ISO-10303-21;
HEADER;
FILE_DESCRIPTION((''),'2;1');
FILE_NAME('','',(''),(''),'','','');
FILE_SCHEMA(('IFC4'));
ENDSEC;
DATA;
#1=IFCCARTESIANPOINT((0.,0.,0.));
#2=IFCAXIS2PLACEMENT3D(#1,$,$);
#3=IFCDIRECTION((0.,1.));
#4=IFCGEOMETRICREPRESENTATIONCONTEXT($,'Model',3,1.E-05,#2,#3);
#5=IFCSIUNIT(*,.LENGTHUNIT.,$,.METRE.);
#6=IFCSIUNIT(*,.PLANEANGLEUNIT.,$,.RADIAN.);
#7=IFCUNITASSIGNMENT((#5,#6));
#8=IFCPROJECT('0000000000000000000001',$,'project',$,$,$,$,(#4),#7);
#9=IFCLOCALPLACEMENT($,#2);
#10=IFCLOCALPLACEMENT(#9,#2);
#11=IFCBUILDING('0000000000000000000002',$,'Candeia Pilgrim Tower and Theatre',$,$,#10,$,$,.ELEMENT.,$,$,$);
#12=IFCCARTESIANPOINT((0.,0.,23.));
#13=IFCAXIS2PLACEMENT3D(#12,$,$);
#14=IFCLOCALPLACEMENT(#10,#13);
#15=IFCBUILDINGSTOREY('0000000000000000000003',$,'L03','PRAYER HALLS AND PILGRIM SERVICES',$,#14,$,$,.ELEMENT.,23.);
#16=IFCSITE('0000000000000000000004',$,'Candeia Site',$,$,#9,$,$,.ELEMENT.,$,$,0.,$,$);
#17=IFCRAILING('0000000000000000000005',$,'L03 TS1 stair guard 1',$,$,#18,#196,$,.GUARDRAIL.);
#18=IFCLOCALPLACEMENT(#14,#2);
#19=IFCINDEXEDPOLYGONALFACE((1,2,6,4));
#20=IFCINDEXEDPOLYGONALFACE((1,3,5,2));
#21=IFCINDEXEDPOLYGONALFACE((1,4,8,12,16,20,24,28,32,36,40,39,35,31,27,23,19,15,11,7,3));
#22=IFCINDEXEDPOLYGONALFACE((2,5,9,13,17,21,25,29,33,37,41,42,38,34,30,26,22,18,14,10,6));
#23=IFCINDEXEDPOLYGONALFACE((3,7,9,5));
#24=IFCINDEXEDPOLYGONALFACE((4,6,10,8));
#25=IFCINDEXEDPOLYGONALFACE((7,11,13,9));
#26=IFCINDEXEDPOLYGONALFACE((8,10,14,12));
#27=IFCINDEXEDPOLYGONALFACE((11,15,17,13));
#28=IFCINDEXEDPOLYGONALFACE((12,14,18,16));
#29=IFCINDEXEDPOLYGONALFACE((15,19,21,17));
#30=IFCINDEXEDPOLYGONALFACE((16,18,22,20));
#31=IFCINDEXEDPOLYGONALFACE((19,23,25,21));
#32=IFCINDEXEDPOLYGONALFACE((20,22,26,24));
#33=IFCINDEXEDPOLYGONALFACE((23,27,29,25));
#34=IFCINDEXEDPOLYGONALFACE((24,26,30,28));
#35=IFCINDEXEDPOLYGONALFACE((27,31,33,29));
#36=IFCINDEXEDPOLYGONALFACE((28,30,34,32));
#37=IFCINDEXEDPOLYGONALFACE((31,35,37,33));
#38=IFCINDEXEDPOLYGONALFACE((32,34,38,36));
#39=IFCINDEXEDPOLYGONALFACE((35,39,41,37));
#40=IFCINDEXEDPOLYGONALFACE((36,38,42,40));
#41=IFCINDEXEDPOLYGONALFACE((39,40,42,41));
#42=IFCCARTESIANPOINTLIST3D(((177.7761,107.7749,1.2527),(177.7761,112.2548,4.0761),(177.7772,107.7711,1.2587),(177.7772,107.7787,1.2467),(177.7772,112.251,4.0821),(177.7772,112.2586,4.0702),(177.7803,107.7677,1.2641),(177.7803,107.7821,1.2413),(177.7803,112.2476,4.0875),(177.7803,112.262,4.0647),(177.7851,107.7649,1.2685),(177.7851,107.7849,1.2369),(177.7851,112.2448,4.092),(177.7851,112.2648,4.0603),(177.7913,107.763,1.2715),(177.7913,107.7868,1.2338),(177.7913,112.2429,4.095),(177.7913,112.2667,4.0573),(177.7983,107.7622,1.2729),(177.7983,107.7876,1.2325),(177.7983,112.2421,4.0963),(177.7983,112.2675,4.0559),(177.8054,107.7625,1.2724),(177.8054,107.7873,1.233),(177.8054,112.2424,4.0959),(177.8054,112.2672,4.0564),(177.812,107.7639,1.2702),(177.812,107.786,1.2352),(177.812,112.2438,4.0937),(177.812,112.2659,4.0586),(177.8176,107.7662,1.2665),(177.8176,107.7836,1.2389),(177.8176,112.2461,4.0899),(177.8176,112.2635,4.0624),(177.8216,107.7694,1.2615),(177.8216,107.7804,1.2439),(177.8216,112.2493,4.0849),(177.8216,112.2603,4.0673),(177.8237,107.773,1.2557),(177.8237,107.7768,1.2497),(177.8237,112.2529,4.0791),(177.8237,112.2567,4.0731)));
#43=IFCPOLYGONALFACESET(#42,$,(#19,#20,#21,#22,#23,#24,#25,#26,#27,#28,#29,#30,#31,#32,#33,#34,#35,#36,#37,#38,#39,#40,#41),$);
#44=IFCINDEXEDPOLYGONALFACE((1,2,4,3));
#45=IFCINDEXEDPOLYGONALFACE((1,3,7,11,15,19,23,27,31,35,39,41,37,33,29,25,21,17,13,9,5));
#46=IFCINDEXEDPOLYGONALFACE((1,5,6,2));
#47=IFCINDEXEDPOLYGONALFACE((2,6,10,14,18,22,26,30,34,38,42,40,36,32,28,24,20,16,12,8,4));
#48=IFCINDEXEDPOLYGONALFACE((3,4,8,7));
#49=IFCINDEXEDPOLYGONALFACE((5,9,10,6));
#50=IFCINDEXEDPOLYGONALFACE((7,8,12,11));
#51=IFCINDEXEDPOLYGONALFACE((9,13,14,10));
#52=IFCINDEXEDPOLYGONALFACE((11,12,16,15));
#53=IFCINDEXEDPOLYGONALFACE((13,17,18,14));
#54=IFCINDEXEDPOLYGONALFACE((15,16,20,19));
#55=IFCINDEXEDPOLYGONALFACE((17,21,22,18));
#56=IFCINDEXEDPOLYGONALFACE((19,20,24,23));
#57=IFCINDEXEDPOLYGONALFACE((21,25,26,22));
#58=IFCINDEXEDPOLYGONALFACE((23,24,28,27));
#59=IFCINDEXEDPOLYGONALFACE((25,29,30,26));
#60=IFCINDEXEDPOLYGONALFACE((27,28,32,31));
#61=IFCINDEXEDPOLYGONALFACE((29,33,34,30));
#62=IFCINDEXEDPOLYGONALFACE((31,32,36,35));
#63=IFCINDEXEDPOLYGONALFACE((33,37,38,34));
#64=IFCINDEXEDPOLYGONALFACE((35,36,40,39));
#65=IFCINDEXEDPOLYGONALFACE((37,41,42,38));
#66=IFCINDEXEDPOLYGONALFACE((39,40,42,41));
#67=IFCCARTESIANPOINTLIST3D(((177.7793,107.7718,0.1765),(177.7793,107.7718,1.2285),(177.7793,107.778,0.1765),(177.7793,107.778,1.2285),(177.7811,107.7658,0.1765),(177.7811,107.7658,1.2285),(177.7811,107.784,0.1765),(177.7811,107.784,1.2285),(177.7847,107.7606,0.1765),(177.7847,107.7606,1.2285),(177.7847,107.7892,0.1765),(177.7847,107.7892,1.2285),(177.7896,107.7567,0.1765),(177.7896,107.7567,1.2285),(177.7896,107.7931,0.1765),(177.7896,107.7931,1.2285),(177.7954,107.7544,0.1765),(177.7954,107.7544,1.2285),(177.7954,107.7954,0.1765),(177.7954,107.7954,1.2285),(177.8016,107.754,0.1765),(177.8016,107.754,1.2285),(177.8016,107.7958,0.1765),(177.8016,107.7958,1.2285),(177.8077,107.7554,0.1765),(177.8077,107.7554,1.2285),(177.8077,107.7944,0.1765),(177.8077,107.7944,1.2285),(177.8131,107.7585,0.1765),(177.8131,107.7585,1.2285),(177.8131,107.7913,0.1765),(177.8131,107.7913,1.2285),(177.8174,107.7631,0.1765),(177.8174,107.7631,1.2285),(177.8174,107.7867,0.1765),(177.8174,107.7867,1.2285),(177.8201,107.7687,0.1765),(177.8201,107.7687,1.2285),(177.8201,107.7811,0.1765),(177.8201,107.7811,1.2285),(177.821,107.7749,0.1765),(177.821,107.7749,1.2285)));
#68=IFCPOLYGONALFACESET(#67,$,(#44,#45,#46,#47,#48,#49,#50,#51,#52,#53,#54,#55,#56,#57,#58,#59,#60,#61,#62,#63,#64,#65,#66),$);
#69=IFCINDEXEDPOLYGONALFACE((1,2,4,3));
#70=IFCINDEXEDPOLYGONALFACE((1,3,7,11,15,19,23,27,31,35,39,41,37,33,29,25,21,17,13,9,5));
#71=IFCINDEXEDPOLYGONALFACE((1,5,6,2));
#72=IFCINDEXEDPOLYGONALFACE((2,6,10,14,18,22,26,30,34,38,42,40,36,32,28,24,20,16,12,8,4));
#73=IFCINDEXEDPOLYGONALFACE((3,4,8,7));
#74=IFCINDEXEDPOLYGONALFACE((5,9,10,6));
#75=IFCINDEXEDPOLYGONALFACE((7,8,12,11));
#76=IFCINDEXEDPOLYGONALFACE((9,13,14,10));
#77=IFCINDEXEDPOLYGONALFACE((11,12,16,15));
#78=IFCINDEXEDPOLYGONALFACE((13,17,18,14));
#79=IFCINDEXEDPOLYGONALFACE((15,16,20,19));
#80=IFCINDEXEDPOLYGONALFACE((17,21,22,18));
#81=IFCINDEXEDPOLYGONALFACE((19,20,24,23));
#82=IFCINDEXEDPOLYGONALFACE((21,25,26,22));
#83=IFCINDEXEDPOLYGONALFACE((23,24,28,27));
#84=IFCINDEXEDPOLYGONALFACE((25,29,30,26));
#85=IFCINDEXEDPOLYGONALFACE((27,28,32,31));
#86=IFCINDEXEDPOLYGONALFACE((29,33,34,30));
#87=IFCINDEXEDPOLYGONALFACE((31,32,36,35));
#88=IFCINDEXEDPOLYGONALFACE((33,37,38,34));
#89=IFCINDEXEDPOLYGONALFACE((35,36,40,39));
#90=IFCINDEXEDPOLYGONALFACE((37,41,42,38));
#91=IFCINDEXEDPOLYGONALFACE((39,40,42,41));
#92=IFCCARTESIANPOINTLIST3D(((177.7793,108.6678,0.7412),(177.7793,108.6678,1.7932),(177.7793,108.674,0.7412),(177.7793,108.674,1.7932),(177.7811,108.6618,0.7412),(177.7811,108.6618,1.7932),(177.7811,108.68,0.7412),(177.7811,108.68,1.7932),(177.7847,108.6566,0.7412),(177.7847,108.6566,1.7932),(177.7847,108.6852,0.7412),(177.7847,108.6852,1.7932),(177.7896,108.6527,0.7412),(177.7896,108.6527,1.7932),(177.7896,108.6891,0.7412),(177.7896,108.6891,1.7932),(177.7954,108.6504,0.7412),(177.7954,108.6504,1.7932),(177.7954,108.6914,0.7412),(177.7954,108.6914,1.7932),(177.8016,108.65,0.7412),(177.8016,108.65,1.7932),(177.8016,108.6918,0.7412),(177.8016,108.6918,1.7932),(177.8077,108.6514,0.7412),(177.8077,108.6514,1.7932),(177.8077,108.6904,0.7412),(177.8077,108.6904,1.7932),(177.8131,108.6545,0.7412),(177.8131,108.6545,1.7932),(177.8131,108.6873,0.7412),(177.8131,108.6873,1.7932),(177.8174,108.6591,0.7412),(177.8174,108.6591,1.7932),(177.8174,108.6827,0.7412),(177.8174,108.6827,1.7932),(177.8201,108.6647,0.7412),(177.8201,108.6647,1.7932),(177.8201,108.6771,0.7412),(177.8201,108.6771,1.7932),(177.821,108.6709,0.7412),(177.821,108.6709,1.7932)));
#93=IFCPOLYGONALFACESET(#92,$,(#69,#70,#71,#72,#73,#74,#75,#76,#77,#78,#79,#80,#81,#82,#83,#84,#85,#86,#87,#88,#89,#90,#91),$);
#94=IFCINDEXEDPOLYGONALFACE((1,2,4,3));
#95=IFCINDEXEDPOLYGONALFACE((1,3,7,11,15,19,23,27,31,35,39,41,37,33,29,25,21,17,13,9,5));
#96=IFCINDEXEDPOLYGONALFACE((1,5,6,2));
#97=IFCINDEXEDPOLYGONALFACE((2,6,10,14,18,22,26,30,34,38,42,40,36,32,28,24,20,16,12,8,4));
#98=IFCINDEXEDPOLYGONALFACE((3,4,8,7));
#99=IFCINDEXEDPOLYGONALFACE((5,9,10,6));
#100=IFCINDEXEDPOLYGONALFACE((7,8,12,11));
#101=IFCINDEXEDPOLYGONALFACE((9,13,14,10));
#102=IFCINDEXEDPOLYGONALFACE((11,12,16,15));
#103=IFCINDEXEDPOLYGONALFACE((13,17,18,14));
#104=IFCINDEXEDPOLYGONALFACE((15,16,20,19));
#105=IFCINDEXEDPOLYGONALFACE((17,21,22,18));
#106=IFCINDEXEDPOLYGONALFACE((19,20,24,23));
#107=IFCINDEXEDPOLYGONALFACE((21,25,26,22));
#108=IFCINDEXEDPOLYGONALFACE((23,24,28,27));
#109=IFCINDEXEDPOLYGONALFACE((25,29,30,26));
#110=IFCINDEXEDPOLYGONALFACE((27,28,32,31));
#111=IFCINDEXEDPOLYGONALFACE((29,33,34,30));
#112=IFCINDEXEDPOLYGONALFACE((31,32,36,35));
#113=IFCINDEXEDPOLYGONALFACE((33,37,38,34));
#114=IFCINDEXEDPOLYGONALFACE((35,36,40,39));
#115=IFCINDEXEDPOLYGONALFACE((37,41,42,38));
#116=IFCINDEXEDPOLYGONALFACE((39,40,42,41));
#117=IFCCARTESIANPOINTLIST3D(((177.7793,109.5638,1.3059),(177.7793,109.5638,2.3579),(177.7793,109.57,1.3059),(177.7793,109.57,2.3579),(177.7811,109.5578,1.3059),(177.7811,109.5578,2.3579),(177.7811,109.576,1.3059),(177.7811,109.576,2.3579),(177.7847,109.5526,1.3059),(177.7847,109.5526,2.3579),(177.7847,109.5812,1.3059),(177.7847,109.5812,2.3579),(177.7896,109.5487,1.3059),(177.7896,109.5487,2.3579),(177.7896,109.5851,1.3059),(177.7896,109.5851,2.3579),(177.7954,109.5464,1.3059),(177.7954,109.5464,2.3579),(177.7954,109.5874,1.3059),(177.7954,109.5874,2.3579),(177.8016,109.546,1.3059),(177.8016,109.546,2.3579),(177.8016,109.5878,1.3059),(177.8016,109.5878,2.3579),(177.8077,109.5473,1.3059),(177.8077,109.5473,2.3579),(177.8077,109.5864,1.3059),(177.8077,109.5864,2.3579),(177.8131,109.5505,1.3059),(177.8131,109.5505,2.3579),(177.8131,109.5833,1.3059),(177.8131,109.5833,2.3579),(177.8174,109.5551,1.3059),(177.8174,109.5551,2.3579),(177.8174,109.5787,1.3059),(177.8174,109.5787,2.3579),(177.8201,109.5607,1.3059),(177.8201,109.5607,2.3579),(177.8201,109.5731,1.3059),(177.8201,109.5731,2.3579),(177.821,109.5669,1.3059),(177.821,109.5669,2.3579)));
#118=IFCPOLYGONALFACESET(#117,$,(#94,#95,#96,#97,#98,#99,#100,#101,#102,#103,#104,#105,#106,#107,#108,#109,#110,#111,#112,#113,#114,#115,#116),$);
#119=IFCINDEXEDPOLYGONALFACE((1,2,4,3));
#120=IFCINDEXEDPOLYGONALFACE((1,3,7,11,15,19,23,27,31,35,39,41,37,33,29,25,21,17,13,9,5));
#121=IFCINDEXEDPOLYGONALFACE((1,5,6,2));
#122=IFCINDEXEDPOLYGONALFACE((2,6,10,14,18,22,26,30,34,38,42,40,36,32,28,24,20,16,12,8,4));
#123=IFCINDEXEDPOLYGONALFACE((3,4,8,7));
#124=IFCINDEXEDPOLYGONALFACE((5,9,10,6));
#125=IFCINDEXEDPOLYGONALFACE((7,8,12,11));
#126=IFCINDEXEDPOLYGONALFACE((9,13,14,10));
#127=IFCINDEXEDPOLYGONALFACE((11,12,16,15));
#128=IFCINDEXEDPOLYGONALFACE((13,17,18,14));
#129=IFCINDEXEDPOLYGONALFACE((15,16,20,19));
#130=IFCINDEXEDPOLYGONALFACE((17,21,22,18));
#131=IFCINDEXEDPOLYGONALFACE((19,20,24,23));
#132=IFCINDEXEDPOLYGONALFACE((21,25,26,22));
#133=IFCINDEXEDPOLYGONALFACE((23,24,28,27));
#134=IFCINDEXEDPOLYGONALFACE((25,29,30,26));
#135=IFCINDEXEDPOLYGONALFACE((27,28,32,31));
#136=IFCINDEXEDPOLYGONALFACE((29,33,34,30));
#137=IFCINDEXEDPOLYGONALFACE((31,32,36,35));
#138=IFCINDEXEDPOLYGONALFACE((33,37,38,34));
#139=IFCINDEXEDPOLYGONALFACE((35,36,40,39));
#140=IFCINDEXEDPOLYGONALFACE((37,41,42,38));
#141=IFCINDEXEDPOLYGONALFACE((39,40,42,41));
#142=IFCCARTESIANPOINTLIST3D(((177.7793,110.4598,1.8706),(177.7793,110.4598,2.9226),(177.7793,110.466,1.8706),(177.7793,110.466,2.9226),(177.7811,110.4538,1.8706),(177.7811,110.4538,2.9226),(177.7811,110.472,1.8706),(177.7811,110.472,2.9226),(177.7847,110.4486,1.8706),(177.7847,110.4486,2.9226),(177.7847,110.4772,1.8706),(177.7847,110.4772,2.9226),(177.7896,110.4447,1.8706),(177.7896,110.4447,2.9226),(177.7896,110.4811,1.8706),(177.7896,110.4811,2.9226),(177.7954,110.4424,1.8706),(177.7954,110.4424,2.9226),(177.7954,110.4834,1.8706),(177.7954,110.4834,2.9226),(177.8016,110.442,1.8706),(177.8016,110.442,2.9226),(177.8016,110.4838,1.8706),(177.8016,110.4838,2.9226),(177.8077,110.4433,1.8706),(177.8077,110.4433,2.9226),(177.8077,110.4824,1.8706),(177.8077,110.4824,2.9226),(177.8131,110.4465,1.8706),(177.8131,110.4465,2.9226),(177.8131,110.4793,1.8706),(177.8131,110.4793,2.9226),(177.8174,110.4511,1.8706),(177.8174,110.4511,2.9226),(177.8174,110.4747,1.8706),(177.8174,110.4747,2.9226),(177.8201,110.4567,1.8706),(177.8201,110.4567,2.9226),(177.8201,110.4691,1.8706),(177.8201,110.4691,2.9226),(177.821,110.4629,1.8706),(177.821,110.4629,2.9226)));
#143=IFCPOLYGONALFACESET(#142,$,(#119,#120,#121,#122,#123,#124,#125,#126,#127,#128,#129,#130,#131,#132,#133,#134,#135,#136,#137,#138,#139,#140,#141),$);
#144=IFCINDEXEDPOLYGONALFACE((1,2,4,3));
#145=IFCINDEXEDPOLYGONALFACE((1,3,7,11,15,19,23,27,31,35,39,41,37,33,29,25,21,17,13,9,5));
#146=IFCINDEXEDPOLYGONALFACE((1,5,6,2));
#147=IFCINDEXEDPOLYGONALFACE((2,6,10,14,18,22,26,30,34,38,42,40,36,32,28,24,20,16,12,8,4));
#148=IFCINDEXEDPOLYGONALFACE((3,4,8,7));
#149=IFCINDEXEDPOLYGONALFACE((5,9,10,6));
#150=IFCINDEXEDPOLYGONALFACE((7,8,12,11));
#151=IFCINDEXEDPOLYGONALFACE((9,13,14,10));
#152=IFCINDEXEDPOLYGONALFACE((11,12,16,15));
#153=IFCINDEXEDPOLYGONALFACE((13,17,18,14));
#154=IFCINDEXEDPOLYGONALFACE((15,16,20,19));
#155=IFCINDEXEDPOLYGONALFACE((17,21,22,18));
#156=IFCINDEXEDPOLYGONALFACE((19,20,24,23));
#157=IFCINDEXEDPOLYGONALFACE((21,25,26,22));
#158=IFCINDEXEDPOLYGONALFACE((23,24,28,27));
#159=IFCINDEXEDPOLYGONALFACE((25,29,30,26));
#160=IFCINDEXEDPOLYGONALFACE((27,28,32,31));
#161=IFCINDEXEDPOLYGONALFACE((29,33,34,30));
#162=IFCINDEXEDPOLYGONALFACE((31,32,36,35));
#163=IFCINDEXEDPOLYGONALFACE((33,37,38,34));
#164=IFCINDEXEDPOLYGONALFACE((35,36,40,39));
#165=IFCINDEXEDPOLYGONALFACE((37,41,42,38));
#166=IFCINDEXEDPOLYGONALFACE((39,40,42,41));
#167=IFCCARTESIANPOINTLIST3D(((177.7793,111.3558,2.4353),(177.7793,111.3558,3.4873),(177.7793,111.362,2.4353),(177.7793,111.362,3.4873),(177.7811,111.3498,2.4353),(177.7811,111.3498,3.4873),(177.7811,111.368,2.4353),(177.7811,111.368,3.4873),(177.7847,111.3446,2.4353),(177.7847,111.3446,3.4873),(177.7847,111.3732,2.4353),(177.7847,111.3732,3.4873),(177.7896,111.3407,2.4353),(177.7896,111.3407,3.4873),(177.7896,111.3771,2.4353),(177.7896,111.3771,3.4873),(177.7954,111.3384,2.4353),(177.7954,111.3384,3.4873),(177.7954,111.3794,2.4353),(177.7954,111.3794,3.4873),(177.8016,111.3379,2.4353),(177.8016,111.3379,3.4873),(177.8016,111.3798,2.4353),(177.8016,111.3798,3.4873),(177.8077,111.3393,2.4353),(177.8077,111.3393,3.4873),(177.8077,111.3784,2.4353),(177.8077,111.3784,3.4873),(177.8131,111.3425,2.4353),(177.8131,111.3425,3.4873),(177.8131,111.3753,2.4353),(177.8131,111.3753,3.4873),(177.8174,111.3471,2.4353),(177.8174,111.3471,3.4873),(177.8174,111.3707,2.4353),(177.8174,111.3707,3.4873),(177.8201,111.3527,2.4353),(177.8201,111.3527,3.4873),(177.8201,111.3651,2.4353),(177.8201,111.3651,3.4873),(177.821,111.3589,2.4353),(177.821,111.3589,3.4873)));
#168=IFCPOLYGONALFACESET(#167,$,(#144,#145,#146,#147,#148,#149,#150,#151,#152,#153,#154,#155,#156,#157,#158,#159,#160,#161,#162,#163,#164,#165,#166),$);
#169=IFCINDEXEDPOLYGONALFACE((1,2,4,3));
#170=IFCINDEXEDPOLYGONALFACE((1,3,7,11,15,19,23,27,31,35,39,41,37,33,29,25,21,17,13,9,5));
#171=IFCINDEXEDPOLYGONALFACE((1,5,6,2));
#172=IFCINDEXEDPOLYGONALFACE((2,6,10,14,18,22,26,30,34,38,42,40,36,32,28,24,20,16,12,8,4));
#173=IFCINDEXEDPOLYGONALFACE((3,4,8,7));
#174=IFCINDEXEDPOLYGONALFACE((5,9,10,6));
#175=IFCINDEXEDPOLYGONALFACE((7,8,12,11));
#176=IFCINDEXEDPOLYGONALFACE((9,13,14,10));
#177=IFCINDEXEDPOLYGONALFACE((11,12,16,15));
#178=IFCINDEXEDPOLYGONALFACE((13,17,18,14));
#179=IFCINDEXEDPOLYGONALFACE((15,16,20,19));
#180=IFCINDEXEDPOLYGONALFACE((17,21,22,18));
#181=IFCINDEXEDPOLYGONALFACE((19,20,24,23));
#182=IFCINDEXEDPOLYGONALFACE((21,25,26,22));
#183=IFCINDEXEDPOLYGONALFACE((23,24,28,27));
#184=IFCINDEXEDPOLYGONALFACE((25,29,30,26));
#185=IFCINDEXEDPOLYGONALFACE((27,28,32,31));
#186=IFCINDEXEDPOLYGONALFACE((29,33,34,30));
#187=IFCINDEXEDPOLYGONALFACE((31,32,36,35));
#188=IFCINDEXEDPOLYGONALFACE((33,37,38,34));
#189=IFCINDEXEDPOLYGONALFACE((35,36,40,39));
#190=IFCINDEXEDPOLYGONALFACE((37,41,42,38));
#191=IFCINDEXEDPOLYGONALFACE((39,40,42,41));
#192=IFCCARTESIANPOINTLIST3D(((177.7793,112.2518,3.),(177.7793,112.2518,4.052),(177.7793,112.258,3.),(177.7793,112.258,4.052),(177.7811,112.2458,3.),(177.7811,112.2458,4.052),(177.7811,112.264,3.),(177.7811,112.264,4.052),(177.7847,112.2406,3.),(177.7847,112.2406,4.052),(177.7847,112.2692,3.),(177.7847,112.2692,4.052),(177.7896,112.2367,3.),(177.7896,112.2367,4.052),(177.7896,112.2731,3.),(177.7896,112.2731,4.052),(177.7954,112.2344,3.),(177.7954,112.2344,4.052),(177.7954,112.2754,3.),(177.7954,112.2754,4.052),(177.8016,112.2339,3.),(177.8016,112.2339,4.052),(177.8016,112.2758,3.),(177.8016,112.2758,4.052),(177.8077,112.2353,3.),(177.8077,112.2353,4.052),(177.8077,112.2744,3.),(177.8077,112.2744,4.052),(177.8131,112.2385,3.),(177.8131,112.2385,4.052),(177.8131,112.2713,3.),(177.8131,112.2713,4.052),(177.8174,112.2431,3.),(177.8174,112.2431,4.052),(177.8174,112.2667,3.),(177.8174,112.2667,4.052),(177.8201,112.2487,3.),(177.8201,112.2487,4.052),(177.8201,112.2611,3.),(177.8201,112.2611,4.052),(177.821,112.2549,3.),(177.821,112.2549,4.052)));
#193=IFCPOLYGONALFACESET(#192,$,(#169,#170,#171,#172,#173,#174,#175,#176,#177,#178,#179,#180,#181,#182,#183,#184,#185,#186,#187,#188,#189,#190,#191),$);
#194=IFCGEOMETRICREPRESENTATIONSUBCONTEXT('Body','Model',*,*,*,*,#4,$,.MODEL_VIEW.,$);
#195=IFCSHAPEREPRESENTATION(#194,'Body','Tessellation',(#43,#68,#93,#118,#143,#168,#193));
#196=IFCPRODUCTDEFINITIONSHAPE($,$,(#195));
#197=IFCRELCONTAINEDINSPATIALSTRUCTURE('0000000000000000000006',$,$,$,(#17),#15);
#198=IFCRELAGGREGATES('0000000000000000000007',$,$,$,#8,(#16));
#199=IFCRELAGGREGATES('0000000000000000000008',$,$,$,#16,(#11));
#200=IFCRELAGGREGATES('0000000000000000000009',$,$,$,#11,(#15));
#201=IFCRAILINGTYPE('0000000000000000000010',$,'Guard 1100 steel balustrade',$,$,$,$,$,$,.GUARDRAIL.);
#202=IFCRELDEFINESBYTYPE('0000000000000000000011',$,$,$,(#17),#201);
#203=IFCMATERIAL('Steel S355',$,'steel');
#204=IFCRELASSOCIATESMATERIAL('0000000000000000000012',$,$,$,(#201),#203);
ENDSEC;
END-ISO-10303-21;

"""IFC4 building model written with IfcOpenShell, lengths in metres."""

from ifc_helpers import new_model, si_unit, direction, frame, origin, origin_2d, place, context, subcontext, project, spatial, circle, extrude, material, type_object, element, save


model = new_model("IFC4")

# Units and contexts
model_context = context("Model", 3, precision=1e-05, world=origin(), true_north=direction((0.0, 1.0)))
body_context = subcontext(model_context, "Body", "Model", "MODEL_VIEW")
ifc_project = project(units=[si_unit("LENGTHUNIT", "METRE"), si_unit("PLANEANGLEUNIT", "RADIAN")], contexts=[model_context])

# Site, building, storey
site_placement = place(None, origin())
site = spatial("IfcSite", under=ifc_project, at=site_placement, Name="Candeia Site", CompositionType="ELEMENT", RefElevation=0.0)
building_placement = place(site_placement, origin())
building = spatial("IfcBuilding", under=site, at=building_placement, Name="Candeia Pilgrim Tower and Theatre", CompositionType="ELEMENT")
storey_placement = place(building_placement, frame((0.0, 0.0, 23.0)))
storey = spatial("IfcBuildingStorey", under=building, at=storey_placement, Name="L03", Description="PRAYER HALLS AND PILGRIM SERVICES", CompositionType="ELEMENT", Elevation=23.0)

# Railing
ifc_material_1 = material(Name="Steel S355", Category="steel")
railing_type_1 = type_object("IfcRailingType", Name="Guard 1100 steel balustrade", PredefinedType="GUARDRAIL", material=ifc_material_1)
railing_1_placement = place(storey_placement, frame((177.8, 107.7749, 0.1765)))
element("IfcRailing", 1, at=railing_1_placement, inside=storey, type_object=railing_type_1, Name="L03 TS1 stair guard 1", PredefinedType="GUARDRAIL", context=body_context, shape_type="SweptSolid", body=[
    extrude(circle(Radius=0.0239, at=origin_2d()), frame((0.0, 0.0, 1.0762), z_axis=(0.0, 0.845998, 0.533186), x_axis=(-1.0, 0.0, 0.0)), (0.0, 0.0, 1.0), 5.2954),
    extrude(circle(Radius=0.021, at=origin_2d()), origin(), (0.0, 0.0, 1.0), 1.052),
    extrude(circle(Radius=0.021, at=origin_2d()), frame((0.0, 0.896, 0.5647)), (0.0, 0.0, 1.0), 1.052),
    extrude(circle(Radius=0.021, at=origin_2d()), frame((0.0, 1.792, 1.1294)), (0.0, 0.0, 1.0), 1.052),
    extrude(circle(Radius=0.021, at=origin_2d()), frame((0.0, 2.688, 1.6941)), (0.0, 0.0, 1.0), 1.052),
    extrude(circle(Radius=0.021, at=origin_2d()), frame((0.0, 3.584, 2.2588)), (0.0, 0.0, 1.0), 1.052),
    extrude(circle(Radius=0.021, at=origin_2d()), frame((0.0, 4.48, 2.8235)), (0.0, 0.0, 1.0), 1.052),
])

save(model, "model.ifc")
